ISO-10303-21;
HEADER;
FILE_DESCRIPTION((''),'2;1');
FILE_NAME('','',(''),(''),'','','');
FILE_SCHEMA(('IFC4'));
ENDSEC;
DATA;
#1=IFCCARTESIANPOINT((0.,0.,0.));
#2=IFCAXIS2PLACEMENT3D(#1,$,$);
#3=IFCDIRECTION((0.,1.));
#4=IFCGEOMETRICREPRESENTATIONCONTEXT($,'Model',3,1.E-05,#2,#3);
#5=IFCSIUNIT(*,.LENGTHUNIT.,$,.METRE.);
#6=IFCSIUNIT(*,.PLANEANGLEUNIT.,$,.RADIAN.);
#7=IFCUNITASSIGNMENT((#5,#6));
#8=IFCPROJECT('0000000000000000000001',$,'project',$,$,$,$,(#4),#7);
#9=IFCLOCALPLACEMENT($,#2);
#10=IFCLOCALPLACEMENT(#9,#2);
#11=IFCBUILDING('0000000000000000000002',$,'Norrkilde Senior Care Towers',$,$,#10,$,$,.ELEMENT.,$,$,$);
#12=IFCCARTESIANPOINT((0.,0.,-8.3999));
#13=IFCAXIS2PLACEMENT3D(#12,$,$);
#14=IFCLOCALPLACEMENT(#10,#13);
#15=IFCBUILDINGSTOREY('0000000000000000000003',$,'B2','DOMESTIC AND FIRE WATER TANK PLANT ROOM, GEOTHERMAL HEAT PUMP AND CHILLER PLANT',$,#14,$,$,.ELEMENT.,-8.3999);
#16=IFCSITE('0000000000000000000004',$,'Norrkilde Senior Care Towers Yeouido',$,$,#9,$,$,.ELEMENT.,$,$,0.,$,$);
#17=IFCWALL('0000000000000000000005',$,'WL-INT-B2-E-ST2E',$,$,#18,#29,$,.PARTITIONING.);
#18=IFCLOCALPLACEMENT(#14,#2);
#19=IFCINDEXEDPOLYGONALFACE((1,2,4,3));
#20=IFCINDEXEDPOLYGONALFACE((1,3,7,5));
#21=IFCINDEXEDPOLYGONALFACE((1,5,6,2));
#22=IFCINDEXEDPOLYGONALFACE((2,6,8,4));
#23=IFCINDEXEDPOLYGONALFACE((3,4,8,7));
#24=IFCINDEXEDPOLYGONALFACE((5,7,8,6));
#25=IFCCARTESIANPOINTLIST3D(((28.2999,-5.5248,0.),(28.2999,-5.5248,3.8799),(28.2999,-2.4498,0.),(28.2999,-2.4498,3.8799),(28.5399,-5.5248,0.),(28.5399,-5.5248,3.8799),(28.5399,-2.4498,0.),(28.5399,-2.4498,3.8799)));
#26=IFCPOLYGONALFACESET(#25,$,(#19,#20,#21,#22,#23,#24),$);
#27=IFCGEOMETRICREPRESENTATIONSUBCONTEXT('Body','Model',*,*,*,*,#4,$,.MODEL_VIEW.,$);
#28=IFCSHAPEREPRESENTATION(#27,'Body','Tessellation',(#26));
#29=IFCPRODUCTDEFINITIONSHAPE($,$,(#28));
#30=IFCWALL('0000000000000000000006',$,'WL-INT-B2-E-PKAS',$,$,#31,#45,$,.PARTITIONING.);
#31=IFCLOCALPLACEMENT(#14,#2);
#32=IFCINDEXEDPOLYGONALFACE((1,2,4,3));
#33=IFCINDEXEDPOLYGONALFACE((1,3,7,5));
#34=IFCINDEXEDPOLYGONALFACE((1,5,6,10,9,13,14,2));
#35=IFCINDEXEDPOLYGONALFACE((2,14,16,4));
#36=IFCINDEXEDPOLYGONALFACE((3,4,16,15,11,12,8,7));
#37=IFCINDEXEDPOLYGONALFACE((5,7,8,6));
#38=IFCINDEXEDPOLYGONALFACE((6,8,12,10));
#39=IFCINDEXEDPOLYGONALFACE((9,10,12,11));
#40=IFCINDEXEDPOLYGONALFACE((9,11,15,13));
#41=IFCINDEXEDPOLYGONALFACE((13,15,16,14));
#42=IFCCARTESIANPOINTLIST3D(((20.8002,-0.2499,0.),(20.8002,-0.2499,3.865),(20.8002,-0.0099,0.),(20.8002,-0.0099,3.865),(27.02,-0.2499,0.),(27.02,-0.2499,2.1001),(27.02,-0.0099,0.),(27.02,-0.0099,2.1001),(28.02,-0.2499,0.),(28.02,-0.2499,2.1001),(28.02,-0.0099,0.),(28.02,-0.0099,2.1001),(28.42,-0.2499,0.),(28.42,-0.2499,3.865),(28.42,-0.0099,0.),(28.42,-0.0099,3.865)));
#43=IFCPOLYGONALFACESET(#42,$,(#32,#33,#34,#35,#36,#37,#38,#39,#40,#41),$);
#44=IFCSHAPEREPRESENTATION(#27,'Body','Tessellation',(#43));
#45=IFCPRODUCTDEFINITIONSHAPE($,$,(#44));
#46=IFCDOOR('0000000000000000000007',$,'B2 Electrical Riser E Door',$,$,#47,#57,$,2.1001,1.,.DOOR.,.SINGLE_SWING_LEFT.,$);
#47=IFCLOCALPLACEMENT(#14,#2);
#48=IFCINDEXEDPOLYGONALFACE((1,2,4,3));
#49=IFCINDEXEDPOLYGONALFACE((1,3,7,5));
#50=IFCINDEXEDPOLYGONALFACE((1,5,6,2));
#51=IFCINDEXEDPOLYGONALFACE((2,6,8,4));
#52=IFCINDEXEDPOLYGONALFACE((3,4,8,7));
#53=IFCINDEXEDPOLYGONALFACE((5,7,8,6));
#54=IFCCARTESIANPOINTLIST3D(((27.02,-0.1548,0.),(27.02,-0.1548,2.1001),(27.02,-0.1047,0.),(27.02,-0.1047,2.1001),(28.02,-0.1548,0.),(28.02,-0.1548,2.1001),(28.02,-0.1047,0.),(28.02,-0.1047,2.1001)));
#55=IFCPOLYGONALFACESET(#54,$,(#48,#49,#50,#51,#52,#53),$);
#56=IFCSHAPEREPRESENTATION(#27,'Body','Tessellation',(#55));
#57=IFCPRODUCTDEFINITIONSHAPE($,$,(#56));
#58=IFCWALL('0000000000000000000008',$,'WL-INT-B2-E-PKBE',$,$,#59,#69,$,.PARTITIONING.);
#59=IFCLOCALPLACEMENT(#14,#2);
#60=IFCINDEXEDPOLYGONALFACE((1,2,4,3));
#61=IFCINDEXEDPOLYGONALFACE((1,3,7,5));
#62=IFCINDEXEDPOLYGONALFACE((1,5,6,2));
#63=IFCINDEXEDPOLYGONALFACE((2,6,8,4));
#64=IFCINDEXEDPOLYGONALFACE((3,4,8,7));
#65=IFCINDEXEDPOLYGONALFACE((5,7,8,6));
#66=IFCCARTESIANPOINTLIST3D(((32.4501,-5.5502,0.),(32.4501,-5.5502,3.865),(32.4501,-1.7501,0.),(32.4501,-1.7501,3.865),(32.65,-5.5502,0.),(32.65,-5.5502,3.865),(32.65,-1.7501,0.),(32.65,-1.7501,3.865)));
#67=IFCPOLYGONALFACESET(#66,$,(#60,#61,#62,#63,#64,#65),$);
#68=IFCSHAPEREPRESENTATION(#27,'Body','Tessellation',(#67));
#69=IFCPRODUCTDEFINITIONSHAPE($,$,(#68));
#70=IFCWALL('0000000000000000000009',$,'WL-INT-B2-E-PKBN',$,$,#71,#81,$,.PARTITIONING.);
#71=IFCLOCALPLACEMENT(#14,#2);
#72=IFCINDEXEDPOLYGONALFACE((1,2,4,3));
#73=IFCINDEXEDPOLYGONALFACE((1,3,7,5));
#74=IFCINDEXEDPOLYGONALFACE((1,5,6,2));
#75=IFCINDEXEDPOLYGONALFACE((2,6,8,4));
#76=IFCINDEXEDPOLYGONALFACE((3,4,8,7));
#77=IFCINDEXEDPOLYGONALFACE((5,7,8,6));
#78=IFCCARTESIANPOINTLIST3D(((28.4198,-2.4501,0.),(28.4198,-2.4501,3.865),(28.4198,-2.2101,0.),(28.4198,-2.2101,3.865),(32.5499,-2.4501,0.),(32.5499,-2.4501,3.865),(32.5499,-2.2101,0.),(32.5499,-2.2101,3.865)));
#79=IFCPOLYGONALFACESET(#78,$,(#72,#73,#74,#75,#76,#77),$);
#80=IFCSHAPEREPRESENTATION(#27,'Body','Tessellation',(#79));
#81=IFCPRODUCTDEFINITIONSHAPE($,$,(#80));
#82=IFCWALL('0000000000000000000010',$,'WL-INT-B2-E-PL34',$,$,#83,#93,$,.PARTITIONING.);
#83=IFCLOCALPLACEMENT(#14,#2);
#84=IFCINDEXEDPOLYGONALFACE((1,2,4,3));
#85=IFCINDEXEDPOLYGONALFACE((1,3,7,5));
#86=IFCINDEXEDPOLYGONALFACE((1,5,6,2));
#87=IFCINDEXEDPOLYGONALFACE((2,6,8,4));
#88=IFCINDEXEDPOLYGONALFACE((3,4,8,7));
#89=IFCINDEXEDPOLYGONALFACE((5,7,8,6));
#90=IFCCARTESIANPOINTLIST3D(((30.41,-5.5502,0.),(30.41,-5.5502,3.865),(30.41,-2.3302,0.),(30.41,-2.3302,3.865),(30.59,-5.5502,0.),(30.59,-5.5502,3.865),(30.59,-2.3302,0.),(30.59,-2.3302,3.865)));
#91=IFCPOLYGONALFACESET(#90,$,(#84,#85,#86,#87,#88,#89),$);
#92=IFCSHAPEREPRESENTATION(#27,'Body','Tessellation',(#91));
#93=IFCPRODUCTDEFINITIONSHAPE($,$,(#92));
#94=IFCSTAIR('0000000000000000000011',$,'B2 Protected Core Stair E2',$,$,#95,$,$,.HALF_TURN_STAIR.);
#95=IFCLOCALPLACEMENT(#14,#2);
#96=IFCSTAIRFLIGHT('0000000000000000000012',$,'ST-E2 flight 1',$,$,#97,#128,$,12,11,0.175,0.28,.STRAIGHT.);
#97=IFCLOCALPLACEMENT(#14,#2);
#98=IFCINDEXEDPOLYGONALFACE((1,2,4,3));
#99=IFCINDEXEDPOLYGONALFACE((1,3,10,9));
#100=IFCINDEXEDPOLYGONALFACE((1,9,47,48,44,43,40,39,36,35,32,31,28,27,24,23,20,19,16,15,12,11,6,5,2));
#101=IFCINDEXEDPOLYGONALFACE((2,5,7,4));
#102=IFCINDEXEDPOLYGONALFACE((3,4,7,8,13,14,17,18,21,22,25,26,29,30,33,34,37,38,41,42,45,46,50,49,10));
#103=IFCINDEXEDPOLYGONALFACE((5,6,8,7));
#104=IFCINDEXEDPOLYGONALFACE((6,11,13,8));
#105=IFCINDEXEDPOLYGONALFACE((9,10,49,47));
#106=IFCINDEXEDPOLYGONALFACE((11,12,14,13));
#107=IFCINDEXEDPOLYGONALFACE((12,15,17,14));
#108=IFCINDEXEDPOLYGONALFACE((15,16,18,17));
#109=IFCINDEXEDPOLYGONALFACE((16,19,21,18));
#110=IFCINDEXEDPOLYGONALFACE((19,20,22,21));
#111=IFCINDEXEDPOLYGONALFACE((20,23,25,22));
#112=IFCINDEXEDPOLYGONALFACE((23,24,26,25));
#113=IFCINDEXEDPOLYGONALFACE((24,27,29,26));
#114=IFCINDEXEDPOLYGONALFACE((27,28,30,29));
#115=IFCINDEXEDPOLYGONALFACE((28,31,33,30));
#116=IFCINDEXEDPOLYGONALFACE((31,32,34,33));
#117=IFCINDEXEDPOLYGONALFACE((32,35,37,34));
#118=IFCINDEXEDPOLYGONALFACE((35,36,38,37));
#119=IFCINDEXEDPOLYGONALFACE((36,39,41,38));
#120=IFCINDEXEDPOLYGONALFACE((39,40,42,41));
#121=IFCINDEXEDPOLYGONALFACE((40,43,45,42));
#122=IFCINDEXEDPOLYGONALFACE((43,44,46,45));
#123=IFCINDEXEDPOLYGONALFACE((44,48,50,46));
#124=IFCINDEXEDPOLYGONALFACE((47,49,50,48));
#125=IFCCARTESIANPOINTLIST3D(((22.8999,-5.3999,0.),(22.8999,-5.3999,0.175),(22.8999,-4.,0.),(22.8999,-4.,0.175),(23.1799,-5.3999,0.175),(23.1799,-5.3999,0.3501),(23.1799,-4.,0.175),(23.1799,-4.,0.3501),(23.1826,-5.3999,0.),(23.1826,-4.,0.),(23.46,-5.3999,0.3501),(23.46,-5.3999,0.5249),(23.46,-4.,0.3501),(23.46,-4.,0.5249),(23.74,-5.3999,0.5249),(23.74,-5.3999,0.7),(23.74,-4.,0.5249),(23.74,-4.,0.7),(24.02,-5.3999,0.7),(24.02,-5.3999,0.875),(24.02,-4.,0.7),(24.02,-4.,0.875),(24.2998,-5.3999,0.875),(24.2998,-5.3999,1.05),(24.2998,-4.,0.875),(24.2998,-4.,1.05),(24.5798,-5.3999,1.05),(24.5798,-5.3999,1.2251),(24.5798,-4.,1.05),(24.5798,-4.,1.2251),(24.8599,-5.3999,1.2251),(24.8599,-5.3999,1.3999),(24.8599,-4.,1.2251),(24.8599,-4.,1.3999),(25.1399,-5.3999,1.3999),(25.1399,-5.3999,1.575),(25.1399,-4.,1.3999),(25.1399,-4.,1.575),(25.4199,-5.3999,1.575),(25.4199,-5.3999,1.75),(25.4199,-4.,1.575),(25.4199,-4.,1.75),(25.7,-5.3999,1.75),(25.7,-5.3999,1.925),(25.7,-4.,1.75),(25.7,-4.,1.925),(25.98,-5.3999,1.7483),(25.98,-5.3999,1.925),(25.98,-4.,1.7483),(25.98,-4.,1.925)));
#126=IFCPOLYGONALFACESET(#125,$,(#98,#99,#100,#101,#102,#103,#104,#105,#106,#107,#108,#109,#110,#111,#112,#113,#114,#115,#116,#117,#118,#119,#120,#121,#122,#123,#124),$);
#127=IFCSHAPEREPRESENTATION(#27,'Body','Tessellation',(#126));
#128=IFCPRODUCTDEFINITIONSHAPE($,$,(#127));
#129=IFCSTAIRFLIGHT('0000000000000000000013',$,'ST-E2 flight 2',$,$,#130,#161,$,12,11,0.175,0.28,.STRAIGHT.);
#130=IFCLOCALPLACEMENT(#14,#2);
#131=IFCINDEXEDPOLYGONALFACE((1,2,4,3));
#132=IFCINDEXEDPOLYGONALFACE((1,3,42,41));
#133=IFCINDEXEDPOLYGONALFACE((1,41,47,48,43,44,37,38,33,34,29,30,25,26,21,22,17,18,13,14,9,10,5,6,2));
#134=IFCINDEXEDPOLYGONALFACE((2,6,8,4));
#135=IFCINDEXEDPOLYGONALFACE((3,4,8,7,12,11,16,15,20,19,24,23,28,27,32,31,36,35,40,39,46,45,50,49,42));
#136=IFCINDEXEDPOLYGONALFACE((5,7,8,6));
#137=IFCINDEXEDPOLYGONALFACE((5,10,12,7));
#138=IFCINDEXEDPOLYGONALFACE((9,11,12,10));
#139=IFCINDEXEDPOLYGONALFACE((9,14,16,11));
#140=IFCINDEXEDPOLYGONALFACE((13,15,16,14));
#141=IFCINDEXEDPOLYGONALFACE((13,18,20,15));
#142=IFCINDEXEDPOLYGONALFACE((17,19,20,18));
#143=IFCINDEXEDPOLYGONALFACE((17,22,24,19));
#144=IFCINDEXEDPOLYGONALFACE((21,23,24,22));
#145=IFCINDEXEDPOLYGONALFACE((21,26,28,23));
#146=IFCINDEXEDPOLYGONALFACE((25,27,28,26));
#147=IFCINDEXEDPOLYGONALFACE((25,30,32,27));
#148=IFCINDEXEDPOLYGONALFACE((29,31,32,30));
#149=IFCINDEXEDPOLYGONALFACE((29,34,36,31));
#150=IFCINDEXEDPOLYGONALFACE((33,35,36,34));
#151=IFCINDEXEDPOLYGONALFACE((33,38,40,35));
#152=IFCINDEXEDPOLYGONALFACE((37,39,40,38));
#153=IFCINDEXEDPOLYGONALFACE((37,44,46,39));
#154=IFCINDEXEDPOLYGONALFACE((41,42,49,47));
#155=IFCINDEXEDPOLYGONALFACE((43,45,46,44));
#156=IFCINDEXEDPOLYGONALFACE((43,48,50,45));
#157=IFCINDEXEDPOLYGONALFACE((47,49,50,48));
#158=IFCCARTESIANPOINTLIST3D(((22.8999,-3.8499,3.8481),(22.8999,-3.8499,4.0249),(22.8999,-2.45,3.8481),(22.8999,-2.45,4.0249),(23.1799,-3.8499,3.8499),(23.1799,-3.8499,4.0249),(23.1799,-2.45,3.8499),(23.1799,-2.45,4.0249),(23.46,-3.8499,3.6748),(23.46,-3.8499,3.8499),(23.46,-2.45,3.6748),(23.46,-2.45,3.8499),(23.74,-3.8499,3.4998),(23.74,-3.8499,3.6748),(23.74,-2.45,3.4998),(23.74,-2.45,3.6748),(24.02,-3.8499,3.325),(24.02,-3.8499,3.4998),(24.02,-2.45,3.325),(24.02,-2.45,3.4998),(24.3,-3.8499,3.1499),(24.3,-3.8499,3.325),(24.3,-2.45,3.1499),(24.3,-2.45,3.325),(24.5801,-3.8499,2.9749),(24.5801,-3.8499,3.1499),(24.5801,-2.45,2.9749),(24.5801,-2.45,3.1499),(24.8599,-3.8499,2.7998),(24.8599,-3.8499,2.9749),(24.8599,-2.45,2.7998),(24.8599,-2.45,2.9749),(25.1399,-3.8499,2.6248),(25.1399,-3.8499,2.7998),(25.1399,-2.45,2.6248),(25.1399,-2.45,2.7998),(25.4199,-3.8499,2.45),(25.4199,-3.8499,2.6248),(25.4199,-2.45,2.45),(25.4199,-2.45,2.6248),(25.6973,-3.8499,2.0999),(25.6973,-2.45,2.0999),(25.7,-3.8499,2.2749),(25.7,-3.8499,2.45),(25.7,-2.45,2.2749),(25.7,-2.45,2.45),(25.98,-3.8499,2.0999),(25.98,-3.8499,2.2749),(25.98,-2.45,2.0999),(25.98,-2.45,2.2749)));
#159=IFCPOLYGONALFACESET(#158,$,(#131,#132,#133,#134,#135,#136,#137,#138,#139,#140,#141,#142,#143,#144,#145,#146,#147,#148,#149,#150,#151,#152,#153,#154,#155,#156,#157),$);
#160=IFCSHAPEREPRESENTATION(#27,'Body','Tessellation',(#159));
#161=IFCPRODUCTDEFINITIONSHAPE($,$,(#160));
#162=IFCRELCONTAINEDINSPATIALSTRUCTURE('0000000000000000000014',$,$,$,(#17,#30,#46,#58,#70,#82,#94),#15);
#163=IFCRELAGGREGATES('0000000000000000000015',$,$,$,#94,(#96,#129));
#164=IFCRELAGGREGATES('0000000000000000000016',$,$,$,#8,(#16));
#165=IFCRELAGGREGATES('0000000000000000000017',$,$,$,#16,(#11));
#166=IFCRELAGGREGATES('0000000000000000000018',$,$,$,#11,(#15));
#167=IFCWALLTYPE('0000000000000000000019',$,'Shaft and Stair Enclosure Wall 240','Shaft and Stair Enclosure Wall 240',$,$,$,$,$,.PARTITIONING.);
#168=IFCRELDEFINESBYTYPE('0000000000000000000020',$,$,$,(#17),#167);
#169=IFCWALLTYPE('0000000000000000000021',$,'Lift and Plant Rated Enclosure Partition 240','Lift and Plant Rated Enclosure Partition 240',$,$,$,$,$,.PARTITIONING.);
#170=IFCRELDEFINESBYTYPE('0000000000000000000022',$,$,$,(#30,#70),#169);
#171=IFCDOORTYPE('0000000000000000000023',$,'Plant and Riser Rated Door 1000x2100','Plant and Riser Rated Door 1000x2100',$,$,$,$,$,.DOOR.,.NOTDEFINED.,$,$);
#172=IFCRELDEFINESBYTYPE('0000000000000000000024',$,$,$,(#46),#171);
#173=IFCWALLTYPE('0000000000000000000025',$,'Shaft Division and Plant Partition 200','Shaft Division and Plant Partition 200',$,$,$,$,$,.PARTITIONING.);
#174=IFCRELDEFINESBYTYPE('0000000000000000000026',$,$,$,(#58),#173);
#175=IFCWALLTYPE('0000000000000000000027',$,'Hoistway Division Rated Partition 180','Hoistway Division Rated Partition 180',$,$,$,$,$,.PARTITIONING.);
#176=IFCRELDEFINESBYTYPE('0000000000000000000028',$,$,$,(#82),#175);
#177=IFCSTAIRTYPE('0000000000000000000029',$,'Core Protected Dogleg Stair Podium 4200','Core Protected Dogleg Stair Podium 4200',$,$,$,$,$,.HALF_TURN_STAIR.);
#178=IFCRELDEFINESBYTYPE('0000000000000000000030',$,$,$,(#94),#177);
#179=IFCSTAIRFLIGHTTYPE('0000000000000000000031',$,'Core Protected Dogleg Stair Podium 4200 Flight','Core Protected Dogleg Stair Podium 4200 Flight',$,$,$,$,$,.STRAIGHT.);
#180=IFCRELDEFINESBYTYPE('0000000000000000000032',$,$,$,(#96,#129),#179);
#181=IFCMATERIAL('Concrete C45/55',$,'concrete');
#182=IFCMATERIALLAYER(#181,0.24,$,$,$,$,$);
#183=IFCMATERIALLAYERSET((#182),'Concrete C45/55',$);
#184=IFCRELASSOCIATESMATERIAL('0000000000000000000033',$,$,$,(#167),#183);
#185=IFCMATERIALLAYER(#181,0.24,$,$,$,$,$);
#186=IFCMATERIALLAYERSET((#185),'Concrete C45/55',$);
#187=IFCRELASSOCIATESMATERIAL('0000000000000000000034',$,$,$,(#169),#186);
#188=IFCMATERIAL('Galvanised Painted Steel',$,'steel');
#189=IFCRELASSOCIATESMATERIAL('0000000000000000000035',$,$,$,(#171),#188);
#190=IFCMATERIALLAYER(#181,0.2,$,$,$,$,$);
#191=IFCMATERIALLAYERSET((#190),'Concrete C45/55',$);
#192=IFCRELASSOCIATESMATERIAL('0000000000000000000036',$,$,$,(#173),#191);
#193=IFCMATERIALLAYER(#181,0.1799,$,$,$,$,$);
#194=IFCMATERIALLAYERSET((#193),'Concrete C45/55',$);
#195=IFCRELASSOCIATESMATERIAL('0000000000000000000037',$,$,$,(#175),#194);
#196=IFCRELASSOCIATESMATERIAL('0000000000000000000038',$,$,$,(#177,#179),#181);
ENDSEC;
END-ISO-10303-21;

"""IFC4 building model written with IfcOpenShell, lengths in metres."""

from ifc_helpers import new_model, si_unit, direction, frame, frame_2d, origin, place, context, subcontext, project, spatial, polyline, rectangle, outline, extrude, source, transform, mapped, material, layer, layer_set, type_object, type_shapes, element, fill, aggregate, save


model = new_model("IFC4")

# Units and contexts
model_context = context("Model", 3, precision=1e-05, world=origin(), true_north=direction((0.0, 1.0)))
body_context = subcontext(model_context, "Body", "Model", "MODEL_VIEW")
ifc_project = project(units=[si_unit("LENGTHUNIT", "METRE"), si_unit("PLANEANGLEUNIT", "RADIAN")], contexts=[model_context])

# Site, building, storey
site_placement = place(None, origin())
site = spatial("IfcSite", under=ifc_project, at=site_placement, Name="Norrkilde Senior Care Towers Yeouido", CompositionType="ELEMENT", RefElevation=0.0)
building_placement = place(site_placement, origin())
building = spatial("IfcBuilding", under=site, at=building_placement, Name="Norrkilde Senior Care Towers", CompositionType="ELEMENT")
storey_placement = place(building_placement, frame((0.0, 0.0, -8.3999)))
storey = spatial("IfcBuildingStorey", under=building, at=storey_placement, Name="B2", Description="DOMESTIC AND FIRE WATER TANK PLANT ROOM, GEOTHERMAL HEAT PUMP AND CHILLER PLANT", CompositionType="ELEMENT", Elevation=-8.3999)

# Shared definitions
ifc_material_1 = material(Name="Concrete C45/55", Category="concrete")

# Wall
ifc_layer_1 = layer(ifc_material_1, 0.24)
ifc_layer_set_1 = layer_set([ifc_layer_1], Name="Concrete C45/55")
wall_type_1 = type_object("IfcWallType", Name="Shaft and Stair Enclosure Wall 240", Description="Shaft and Stair Enclosure Wall 240", PredefinedType="PARTITIONING", material=ifc_layer_set_1)
shared_shape_1 = source(origin(), body_context, "Body", "SweptSolid", [
    extrude(rectangle(XDim=3.075, YDim=0.24, at=frame_2d((1.5376, 0.0))), origin(), (0.0, 0.0, 1.0), 3.8799),
])
type_shapes(wall_type_1, [shared_shape_1])
for number, where, z_axis, x_axis, name in (
    (1, (28.4199, -5.5249, 0.0), (0.0, 0.0, 1.0), (0.0, 1.0, 0.0), "WL-INT-B2-E-ST2E"),
):
    element("IfcWall", number, at=place(storey_placement, frame(where, z_axis=z_axis, x_axis=x_axis)), inside=storey, type_object=wall_type_1, Name=name, PredefinedType="PARTITIONING", context=body_context, shape_type="MappedRepresentation", body=[
        mapped(shared_shape_1, transform((0.0, 0.0, 0.0), x_axis=(1.0, 0.0, 0.0), y_axis=(0.0, 1.0, 0.0), z_axis=(0.0, 0.0, 1.0), scale=1.0)),
    ])

# Wall, opening, door
ifc_layer_2 = layer(ifc_material_1, 0.24)
ifc_layer_set_2 = layer_set([ifc_layer_2], Name="Concrete C45/55")
wall_type_2 = type_object("IfcWallType", Name="Lift and Plant Rated Enclosure Partition 240", Description="Lift and Plant Rated Enclosure Partition 240", PredefinedType="PARTITIONING", material=ifc_layer_set_2)
shared_shape_2 = source(origin(), body_context, "Body", "SweptSolid", [
    extrude(rectangle(XDim=7.6199, YDim=0.24, at=frame_2d((3.8101, 0.0))), origin(), (0.0, 0.0, 1.0), 3.865),
])
wall_1_placement = place(storey_placement, frame((20.8, -0.1299, 0.0), z_axis=(0.0, 0.0, 1.0), x_axis=(1.0, 0.0, 0.0)))
wall_1 = element("IfcWall", 2, at=wall_1_placement, inside=storey, type_object=wall_type_2, Name="WL-INT-B2-E-PKAS", PredefinedType="PARTITIONING", context=body_context, shape_type="MappedRepresentation", body=[
    mapped(shared_shape_2, transform((0.0, 0.0, 0.0), x_axis=(1.0, 0.0, 0.0), y_axis=(0.0, 1.0, 0.0), z_axis=(0.0, 0.0, 1.0), scale=1.0)),
])
opening_placement = place(wall_1_placement, frame((6.22, 0.0, 0.0)))
opening = element("IfcOpeningElement", 3, at=opening_placement, cuts=wall_1, PredefinedType="OPENING", context=body_context, shape_type="SweptSolid", body=[
    extrude(rectangle(XDim=1.0, YDim=2.1001, at=frame_2d((0.5, 1.05))), frame((0.0, 0.1299, 0.0), z_axis=(0.0, -1.0, 0.0), x_axis=(1.0, 0.0, 0.0)), (0.0, 0.0, 1.0), 0.26),
])
ifc_material_2 = material(Name="Galvanised Painted Steel", Category="steel")
door_type = type_object("IfcDoorType", Name="Plant and Riser Rated Door 1000x2100", Description="Plant and Riser Rated Door 1000x2100", OperationType="NOTDEFINED", PredefinedType="DOOR", material=ifc_material_2)
shared_shape_3 = source(origin(), body_context, "Body", "SweptSolid", [
    extrude(rectangle(XDim=1.0, YDim=2.1001, at=frame_2d((0.5, 1.05))), frame((0.0, 0.0249, 0.0), z_axis=(0.0, -1.0, 0.0), x_axis=(1.0, 0.0, 0.0)), (0.0, 0.0, 1.0), 0.05),
])
type_shapes(door_type, [shared_shape_3])
door_placement = place(opening_placement, frame((1.0, 0.0, 0.0), z_axis=(0.0, 0.0, 1.0), x_axis=(-1.0, 0.0, 0.0)))
door = element("IfcDoor", 4, at=door_placement, inside=storey, type_object=door_type, Name="B2 Electrical Riser E Door", OperationType="SINGLE_SWING_LEFT", OverallHeight=2.1001, OverallWidth=1.0, PredefinedType="DOOR", context=body_context, shape_type="MappedRepresentation", body=[
    mapped(shared_shape_3, transform((0.0, 0.0, 0.0), x_axis=(1.0, 0.0, 0.0), y_axis=(0.0, 1.0, 0.0), z_axis=(0.0, 0.0, 1.0), scale=1.0)),
])
fill(opening, door)

# Walls
ifc_layer_3 = layer(ifc_material_1, 0.2)
ifc_layer_set_3 = layer_set([ifc_layer_3], Name="Concrete C45/55")
wall_type_3 = type_object("IfcWallType", Name="Shaft Division and Plant Partition 200", Description="Shaft Division and Plant Partition 200", PredefinedType="PARTITIONING", material=ifc_layer_set_3)
shared_shape_4 = source(origin(), body_context, "Body", "SweptSolid", [
    extrude(rectangle(XDim=3.8, YDim=0.2, at=frame_2d((1.8999, 0.0))), origin(), (0.0, 0.0, 1.0), 3.865),
])
type_shapes(wall_type_3, [shared_shape_4])
wall_2_placement = place(storey_placement, frame((32.55, -5.55, 0.0), z_axis=(0.0, 0.0, 1.0), x_axis=(0.0, 1.0, 0.0)))
element("IfcWall", 5, at=wall_2_placement, inside=storey, type_object=wall_type_3, Name="WL-INT-B2-E-PKBE", PredefinedType="PARTITIONING", context=body_context, shape_type="MappedRepresentation", body=[
    mapped(shared_shape_4, transform((0.0, 0.0, 0.0), x_axis=(1.0, 0.0, 0.0), y_axis=(0.0, 1.0, 0.0), z_axis=(0.0, 0.0, 1.0), scale=1.0)),
])
shared_shape_5 = source(origin(), body_context, "Body", "SweptSolid", [
    extrude(rectangle(XDim=4.1301, YDim=0.24, at=frame_2d((2.0649, 0.0))), origin(), (0.0, 0.0, 1.0), 3.865),
])
type_shapes(wall_type_2, [shared_shape_2, shared_shape_5])
wall_3_placement = place(storey_placement, frame((28.4199, -2.3301, 0.0), z_axis=(0.0, 0.0, 1.0), x_axis=(1.0, 0.0, 0.0)))
element("IfcWall", 6, at=wall_3_placement, inside=storey, type_object=wall_type_2, Name="WL-INT-B2-E-PKBN", PredefinedType="PARTITIONING", context=body_context, shape_type="MappedRepresentation", body=[
    mapped(shared_shape_5, transform((0.0, 0.0, 0.0), x_axis=(1.0, 0.0, 0.0), y_axis=(0.0, 1.0, 0.0), z_axis=(0.0, 0.0, 1.0), scale=1.0)),
])
ifc_layer_4 = layer(ifc_material_1, 0.1799)
ifc_layer_set_4 = layer_set([ifc_layer_4], Name="Concrete C45/55")
wall_type_4 = type_object("IfcWallType", Name="Hoistway Division Rated Partition 180", Description="Hoistway Division Rated Partition 180", PredefinedType="PARTITIONING", material=ifc_layer_set_4)
shared_shape_6 = source(origin(), body_context, "Body", "SweptSolid", [
    extrude(rectangle(XDim=3.22, YDim=0.1799, at=frame_2d((1.6099, 0.0))), origin(), (0.0, 0.0, 1.0), 3.865),
])
type_shapes(wall_type_4, [shared_shape_6])
wall_4_placement = place(storey_placement, frame((30.5, -5.55, 0.0), z_axis=(0.0, 0.0, 1.0), x_axis=(0.0, 1.0, 0.0)))
element("IfcWall", 7, at=wall_4_placement, inside=storey, type_object=wall_type_4, Name="WL-INT-B2-E-PL34", PredefinedType="PARTITIONING", context=body_context, shape_type="MappedRepresentation", body=[
    mapped(shared_shape_6, transform((0.0, 0.0, 0.0), x_axis=(1.0, 0.0, 0.0), y_axis=(0.0, 1.0, 0.0), z_axis=(0.0, 0.0, 1.0), scale=1.0)),
])

# Stair, stair flights
stair_type = type_object("IfcStairType", Name="Core Protected Dogleg Stair Podium 4200", Description="Core Protected Dogleg Stair Podium 4200", PredefinedType="HALF_TURN_STAIR", material=ifc_material_1)
stair_placement = place(storey_placement, origin())
stair = element("IfcStair", 8, at=stair_placement, inside=storey, type_object=stair_type, Name="B2 Protected Core Stair E2", PredefinedType="HALF_TURN_STAIR")
stair_flight_type = type_object("IfcStairFlightType", Name="Core Protected Dogleg Stair Podium 4200 Flight", Description="Core Protected Dogleg Stair Podium 4200 Flight", PredefinedType="STRAIGHT", material=ifc_material_1)
stair_flight_1_placement = place(storey_placement, frame((22.8999, -4.7, 0.0), z_axis=(0.0, 0.0, 1.0), x_axis=(1.0, 0.0, 0.0)))
stair_flight_1 = element("IfcStairFlight", 9, at=stair_flight_1_placement, type_object=stair_flight_type, Name="ST-E2 flight 1", NumberOfRisers=12, NumberOfTreads=11, PredefinedType="STRAIGHT", RiserHeight=0.175, TreadLength=0.28, context=body_context, shape_type="SweptSolid", body=[
    extrude(outline(polyline([(0.0, 0.0), (0.0, 0.175), (0.28, 0.175), (0.28, 0.3501), (0.5601, 0.3501), (0.5601, 0.5249), (0.8401, 0.5249), (0.8401, 0.7), (1.1201, 0.7), (1.1201, 0.875), (1.3999, 0.875), (1.3999, 1.05), (1.6799, 1.05), (1.6799, 1.2251), (1.96, 1.2251), (1.96, 1.3999), (2.24, 1.3999), (2.24, 1.575), (2.52, 1.575), (2.52, 1.75), (2.8, 1.75), (2.8, 1.925), (3.0801, 1.925), (3.0801, 2.1001), (3.0801, 1.7483), (0.2827, 0.0), (0.0, 0.0)])), frame((0.0, 0.7, 0.0), z_axis=(0.0, -1.0, 0.0), x_axis=(1.0, 0.0, 0.0)), (0.0, 0.0, 1.0), 1.3999),
])
stair_flight_2_placement = place(storey_placement, frame((25.98, -3.1499, 2.0999), z_axis=(0.0, 0.0, 1.0), x_axis=(-1.0, 0.0, 0.0)))
stair_flight_2 = element("IfcStairFlight", 10, at=stair_flight_2_placement, type_object=stair_flight_type, Name="ST-E2 flight 2", NumberOfRisers=12, NumberOfTreads=11, PredefinedType="STRAIGHT", RiserHeight=0.175, TreadLength=0.28, context=body_context, shape_type="SweptSolid", body=[
    extrude(outline(polyline([(0.0, 0.0), (0.0, 0.175), (0.28, 0.175), (0.28, 0.3501), (0.5601, 0.3501), (0.5601, 0.5249), (0.8401, 0.5249), (0.8401, 0.7), (1.1201, 0.7), (1.1201, 0.875), (1.3999, 0.875), (1.3999, 1.05), (1.6799, 1.05), (1.6799, 1.2251), (1.96, 1.2251), (1.96, 1.3999), (2.24, 1.3999), (2.24, 1.575), (2.52, 1.575), (2.52, 1.75), (2.8, 1.75), (2.8, 1.925), (3.0801, 1.925), (3.0801, 2.1001), (3.0801, 1.7483), (0.2827, 0.0), (0.0, 0.0)])), frame((0.0, 0.7, 0.0), z_axis=(0.0, -1.0, 0.0), x_axis=(1.0, 0.0, 0.0)), (0.0, 0.0, 1.0), 1.3999),
])
aggregate(stair, [stair_flight_1, stair_flight_2])

save(model, "model.ifc")
